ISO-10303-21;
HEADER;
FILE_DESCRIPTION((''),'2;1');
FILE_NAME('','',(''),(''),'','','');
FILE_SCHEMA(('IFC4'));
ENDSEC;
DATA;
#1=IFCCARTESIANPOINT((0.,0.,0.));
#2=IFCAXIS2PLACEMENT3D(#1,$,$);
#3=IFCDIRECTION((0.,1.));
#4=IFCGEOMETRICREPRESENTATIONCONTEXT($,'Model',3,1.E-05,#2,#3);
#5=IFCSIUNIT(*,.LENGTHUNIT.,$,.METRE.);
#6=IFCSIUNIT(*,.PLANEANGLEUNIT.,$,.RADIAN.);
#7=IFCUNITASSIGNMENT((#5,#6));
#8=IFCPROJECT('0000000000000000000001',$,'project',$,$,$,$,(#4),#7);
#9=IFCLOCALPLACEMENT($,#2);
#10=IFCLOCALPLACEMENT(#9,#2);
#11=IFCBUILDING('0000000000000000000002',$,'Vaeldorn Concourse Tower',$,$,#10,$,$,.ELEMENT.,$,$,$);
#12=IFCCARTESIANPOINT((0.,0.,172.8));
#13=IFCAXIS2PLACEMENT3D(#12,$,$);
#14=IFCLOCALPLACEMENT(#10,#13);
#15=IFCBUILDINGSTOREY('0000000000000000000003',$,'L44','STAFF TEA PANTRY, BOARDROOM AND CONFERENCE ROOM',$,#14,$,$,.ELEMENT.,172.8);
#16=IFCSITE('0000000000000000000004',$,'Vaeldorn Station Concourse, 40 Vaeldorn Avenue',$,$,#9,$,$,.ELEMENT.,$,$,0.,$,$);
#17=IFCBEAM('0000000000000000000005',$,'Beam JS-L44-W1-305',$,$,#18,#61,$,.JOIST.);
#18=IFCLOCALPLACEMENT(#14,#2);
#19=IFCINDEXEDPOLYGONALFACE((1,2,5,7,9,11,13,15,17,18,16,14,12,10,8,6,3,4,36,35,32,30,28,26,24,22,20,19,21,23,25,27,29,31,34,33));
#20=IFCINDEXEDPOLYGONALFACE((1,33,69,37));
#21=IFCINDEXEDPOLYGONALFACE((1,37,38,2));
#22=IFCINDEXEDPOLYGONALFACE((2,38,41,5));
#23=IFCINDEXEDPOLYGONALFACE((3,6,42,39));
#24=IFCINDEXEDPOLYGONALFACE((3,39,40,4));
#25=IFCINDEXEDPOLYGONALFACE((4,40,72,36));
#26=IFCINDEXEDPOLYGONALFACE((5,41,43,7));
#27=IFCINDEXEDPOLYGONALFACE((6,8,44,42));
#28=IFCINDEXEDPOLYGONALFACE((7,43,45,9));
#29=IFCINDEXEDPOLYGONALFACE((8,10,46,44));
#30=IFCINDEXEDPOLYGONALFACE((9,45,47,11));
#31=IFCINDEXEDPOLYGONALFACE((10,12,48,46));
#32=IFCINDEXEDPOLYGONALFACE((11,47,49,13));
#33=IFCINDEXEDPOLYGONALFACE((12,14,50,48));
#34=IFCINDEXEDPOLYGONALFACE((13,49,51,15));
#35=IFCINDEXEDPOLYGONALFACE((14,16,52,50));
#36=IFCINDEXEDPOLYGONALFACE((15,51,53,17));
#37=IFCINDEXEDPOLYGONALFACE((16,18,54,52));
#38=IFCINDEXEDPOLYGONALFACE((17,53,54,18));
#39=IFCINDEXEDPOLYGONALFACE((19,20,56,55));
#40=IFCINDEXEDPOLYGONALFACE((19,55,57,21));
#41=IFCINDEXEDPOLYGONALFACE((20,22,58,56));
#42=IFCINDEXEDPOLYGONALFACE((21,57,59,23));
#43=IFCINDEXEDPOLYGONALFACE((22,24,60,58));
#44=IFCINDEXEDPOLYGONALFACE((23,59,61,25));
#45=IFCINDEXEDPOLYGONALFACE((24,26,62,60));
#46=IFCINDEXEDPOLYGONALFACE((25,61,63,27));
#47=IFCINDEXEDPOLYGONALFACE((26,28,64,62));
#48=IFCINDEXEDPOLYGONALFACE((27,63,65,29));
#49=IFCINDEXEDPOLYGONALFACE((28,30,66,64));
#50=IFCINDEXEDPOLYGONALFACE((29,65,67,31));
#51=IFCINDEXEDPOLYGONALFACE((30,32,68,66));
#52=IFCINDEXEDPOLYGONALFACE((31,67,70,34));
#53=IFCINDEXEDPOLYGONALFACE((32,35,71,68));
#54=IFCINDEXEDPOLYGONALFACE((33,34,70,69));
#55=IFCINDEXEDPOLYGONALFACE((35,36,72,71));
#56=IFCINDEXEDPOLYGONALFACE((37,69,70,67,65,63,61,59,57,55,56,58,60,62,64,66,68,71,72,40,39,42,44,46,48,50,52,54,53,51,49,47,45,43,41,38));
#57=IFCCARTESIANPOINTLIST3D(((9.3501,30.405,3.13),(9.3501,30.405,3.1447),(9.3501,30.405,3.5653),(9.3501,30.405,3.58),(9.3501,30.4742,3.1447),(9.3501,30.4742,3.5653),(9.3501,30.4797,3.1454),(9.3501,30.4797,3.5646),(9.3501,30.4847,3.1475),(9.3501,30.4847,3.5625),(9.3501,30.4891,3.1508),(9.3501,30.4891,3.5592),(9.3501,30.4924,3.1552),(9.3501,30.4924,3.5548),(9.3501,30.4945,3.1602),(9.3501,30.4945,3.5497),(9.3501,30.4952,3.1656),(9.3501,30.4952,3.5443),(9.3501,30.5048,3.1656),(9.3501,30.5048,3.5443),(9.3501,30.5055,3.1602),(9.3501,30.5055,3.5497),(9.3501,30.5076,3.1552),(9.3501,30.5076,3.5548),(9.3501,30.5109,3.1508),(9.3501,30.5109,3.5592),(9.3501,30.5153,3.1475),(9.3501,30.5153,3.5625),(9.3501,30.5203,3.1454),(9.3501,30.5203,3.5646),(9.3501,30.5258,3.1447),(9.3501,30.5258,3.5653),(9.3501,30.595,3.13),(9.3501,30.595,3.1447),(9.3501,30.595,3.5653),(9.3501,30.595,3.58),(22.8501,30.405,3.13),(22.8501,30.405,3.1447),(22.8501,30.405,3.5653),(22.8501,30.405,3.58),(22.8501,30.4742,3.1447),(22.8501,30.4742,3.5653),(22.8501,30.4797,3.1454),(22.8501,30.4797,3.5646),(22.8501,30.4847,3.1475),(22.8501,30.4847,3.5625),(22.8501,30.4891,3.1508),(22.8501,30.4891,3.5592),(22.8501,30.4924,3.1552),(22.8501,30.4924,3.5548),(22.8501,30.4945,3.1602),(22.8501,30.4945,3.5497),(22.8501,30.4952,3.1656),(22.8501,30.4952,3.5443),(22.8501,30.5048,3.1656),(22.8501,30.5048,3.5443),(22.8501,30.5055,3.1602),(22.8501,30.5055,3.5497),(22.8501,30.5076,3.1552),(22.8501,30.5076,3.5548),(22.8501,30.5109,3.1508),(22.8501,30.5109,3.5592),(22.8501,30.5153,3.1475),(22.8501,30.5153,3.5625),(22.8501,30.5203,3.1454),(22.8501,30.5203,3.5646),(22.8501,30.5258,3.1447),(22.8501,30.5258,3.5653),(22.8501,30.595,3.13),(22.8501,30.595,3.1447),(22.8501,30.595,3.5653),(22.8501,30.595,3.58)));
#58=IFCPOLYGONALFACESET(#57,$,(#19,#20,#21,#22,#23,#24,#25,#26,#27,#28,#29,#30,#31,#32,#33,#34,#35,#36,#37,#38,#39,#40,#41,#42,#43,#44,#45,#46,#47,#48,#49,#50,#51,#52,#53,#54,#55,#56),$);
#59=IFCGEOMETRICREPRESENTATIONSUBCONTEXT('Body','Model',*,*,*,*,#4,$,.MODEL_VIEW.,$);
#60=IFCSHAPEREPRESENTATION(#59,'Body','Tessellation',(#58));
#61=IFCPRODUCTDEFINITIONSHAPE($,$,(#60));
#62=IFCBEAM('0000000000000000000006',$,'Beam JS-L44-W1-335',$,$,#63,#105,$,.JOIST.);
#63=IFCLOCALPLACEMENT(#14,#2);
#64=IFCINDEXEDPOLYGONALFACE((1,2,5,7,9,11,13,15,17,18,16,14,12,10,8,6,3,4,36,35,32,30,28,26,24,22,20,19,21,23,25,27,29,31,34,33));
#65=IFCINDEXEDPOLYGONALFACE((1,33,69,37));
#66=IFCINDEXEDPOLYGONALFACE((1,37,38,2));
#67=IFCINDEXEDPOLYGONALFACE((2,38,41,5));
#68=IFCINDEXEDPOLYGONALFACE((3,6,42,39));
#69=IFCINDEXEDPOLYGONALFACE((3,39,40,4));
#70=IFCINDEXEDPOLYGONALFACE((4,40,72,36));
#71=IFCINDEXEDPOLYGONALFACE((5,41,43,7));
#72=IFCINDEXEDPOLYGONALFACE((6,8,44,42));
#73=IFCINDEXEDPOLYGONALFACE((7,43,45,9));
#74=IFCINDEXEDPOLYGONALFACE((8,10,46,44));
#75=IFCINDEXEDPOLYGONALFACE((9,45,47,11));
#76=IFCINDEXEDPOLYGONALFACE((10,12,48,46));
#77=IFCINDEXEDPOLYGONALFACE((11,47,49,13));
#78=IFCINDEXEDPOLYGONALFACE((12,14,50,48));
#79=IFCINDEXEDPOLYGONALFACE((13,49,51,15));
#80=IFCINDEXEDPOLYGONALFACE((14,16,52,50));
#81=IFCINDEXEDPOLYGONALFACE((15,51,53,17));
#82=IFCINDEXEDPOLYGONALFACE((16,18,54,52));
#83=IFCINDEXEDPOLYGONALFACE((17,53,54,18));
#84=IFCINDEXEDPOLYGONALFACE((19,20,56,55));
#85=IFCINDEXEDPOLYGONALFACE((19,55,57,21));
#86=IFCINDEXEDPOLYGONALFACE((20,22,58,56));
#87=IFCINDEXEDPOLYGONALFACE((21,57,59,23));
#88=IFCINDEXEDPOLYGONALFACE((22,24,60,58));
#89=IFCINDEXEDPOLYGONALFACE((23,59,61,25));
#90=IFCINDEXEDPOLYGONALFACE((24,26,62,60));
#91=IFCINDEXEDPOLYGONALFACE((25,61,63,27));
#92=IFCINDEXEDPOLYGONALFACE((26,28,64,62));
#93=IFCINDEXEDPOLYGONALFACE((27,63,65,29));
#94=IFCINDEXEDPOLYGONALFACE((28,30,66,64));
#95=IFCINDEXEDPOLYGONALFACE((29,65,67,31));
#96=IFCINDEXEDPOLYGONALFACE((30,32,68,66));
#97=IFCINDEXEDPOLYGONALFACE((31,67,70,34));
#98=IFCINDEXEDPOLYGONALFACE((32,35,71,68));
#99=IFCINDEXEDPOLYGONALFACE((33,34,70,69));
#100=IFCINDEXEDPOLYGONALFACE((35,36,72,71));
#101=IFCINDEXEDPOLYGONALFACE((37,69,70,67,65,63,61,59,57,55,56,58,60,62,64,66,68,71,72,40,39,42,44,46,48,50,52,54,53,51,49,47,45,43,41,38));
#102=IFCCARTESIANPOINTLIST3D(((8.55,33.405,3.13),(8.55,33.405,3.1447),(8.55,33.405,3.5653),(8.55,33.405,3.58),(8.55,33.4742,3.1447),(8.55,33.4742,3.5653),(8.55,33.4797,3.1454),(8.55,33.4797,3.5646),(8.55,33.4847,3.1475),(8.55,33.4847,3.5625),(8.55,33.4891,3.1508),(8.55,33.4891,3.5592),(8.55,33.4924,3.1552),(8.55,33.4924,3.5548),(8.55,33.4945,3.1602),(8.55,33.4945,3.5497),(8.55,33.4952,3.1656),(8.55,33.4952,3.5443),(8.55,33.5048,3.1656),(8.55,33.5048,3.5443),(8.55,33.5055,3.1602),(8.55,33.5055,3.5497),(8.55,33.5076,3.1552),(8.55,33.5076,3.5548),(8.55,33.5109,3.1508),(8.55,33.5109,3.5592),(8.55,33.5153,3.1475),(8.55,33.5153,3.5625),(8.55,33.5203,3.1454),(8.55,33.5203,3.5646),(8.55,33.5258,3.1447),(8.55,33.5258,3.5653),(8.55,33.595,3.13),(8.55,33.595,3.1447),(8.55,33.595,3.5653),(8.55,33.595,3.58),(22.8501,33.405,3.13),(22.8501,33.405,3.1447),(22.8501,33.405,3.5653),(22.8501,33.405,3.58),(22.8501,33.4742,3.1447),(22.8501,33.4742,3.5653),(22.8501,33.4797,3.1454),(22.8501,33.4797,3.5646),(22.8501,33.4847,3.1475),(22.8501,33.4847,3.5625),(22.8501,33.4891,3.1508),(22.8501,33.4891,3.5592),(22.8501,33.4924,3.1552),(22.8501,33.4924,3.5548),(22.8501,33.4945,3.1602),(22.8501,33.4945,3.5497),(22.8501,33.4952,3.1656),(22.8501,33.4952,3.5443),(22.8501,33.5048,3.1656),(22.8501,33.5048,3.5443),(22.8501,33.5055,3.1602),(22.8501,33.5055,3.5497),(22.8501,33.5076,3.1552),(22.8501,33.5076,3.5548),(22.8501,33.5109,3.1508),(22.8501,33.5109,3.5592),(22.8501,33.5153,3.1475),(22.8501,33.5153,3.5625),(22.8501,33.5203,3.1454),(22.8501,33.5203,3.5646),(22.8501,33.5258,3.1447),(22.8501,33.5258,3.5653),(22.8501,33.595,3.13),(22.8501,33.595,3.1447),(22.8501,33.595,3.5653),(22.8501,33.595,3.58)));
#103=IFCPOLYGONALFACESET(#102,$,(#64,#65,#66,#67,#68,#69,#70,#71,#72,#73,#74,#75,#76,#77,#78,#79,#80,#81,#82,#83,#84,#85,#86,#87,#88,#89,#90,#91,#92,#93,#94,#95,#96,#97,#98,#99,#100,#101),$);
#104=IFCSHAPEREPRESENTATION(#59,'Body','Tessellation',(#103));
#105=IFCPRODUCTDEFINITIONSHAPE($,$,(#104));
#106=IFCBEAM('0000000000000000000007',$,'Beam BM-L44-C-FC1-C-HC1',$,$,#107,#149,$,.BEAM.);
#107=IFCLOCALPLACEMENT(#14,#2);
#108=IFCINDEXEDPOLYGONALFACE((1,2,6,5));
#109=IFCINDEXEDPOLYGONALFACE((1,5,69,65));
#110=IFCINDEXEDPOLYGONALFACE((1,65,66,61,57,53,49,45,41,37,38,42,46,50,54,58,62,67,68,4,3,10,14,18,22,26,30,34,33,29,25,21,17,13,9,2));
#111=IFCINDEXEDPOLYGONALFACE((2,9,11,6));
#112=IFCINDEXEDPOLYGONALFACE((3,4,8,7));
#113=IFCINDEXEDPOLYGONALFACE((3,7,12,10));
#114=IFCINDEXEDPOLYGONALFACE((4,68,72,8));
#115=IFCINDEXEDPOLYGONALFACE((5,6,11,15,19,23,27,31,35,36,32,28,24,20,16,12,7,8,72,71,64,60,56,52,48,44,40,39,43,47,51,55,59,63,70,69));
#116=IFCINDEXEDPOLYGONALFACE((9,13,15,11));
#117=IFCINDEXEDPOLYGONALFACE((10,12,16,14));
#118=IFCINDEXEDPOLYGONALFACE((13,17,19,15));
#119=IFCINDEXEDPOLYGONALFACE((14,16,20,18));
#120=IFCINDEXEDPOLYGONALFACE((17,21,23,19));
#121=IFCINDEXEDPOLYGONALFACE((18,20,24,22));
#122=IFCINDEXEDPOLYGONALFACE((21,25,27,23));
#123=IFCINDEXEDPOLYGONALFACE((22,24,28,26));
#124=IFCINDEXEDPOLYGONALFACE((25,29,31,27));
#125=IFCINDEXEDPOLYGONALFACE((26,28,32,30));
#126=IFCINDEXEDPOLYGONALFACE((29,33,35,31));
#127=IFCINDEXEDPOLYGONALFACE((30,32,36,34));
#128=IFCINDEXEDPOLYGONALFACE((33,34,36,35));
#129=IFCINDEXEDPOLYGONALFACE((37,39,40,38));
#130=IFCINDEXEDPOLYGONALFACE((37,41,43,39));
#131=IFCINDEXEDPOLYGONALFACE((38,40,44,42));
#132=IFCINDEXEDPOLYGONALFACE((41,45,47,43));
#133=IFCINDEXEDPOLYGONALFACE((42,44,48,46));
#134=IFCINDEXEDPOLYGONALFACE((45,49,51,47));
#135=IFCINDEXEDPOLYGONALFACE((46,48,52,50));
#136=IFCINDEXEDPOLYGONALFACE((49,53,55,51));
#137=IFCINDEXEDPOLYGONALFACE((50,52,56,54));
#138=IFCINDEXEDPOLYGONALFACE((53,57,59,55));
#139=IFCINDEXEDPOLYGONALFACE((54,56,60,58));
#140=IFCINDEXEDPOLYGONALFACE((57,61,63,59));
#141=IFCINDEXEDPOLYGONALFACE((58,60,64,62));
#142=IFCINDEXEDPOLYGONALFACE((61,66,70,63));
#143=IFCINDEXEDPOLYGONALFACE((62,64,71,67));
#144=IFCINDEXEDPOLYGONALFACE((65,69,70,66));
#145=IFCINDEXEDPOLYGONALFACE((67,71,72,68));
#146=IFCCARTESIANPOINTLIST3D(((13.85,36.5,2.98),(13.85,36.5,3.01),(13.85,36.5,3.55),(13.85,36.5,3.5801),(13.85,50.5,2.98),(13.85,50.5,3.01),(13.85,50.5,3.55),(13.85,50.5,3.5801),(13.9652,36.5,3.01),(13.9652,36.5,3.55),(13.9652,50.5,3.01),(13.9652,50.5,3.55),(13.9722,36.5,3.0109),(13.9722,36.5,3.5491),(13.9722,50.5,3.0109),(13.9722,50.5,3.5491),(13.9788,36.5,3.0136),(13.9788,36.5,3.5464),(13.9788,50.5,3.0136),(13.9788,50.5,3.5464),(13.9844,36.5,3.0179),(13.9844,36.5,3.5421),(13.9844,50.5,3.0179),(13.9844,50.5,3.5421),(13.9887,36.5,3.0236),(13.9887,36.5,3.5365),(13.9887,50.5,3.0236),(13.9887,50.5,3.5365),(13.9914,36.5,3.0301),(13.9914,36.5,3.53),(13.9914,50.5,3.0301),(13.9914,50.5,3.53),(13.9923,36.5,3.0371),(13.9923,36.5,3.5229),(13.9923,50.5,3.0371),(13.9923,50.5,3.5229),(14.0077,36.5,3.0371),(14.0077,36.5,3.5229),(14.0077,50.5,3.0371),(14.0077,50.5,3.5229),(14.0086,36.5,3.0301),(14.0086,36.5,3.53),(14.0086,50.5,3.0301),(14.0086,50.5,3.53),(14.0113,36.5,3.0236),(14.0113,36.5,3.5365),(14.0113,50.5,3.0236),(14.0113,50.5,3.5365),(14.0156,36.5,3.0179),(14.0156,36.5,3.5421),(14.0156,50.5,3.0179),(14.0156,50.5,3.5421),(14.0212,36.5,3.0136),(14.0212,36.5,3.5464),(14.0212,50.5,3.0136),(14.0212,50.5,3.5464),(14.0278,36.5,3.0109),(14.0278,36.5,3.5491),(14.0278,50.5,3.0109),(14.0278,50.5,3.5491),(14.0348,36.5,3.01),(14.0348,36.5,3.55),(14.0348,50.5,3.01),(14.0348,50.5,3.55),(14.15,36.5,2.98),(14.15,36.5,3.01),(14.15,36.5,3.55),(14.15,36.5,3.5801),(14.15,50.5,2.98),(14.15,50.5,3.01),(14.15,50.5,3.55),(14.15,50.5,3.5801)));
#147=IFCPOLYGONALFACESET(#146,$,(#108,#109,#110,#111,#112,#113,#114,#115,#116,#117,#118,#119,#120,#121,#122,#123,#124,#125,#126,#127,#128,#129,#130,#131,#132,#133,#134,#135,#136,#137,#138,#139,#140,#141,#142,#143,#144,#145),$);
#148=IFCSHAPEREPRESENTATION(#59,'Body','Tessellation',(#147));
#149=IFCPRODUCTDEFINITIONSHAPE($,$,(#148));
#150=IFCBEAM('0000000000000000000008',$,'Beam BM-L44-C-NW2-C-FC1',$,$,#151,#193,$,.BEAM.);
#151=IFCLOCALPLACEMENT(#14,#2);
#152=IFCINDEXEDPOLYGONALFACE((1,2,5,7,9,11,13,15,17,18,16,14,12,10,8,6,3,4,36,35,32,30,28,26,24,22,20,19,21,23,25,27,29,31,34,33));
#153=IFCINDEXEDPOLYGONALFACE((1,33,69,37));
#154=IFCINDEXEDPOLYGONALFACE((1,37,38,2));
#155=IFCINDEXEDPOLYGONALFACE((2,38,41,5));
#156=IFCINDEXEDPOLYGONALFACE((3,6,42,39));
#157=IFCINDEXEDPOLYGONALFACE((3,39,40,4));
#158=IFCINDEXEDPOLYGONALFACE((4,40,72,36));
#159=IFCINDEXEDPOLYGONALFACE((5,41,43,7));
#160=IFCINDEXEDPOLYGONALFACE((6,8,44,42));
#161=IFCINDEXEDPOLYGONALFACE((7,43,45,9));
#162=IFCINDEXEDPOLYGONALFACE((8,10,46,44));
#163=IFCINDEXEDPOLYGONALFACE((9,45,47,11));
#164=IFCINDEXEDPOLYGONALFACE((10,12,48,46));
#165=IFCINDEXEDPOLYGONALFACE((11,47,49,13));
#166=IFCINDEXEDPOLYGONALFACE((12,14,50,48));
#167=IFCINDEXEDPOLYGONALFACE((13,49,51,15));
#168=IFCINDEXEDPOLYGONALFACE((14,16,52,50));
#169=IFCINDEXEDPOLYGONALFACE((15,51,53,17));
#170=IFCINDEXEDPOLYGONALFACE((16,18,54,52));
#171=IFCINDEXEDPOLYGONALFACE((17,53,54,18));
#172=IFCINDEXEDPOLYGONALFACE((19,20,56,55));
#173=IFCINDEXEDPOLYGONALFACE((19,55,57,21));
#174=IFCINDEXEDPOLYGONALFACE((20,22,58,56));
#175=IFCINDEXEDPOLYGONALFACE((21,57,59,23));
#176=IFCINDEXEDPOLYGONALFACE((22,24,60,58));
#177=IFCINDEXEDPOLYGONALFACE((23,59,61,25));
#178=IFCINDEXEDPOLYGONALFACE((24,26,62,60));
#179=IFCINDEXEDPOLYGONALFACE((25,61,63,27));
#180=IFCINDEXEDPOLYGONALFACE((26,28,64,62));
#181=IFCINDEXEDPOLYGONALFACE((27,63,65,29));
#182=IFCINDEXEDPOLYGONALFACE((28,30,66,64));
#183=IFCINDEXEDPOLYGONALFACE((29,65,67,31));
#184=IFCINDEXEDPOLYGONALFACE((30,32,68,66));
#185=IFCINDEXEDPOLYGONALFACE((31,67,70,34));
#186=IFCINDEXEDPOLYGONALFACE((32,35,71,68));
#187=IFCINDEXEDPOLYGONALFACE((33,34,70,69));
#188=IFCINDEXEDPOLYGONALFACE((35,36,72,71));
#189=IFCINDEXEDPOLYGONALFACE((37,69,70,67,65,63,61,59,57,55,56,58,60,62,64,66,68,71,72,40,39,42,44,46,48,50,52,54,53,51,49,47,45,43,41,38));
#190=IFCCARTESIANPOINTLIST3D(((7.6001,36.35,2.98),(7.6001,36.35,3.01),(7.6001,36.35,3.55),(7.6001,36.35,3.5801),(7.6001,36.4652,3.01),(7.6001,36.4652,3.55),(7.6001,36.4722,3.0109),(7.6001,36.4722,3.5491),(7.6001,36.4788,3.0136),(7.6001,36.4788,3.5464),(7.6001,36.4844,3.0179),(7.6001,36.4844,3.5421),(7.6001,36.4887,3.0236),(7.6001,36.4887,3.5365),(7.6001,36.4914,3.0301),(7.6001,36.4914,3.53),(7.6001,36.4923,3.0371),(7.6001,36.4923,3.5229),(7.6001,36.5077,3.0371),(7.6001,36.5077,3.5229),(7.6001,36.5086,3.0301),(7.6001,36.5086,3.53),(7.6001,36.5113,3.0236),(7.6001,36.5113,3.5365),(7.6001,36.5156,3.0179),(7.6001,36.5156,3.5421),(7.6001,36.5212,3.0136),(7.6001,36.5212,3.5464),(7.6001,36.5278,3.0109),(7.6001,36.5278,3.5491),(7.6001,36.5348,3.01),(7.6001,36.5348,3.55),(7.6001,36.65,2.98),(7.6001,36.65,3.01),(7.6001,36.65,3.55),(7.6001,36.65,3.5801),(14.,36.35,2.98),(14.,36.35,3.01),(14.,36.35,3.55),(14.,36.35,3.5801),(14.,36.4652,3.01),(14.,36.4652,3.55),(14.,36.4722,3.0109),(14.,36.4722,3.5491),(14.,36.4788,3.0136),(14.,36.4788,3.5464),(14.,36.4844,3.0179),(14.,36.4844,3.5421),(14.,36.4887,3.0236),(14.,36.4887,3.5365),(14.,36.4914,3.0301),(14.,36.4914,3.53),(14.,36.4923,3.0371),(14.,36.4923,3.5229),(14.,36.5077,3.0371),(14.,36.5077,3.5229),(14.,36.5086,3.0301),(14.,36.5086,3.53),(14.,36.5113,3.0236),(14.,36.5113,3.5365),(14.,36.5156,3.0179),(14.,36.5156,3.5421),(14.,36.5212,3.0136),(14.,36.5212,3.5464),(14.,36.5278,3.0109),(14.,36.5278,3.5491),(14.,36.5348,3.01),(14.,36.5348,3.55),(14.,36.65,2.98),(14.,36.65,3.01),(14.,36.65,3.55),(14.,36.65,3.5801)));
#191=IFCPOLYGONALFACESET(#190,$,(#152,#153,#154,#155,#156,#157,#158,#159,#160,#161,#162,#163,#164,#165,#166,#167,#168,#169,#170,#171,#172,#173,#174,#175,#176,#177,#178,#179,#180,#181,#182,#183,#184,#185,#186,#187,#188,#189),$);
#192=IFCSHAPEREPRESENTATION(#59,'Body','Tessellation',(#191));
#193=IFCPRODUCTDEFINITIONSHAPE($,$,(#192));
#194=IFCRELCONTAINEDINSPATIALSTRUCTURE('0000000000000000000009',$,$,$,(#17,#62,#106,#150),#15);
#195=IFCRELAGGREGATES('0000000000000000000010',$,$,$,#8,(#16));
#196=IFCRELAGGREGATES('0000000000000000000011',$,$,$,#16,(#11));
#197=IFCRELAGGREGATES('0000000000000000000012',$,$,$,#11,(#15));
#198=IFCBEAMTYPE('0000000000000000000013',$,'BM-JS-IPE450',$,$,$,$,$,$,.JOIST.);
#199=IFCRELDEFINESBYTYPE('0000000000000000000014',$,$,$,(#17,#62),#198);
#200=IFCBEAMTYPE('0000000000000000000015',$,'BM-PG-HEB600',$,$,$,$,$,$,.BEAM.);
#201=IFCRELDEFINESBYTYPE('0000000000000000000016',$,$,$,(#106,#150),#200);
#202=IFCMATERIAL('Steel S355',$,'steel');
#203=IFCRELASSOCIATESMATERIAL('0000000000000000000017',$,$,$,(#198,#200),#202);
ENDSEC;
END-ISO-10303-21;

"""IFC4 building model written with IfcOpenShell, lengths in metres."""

from ifc_helpers import new_model, si_unit, direction, frame, origin, origin_2d, place, context, subcontext, project, spatial, i_section, extrude, source, transform, mapped, material, material_profile, profile_set, type_object, element, save


model = new_model("IFC4")

# Units and contexts
model_context = context("Model", 3, precision=1e-05, world=origin(), true_north=direction((0.0, 1.0)))
body_context = subcontext(model_context, "Body", "Model", "MODEL_VIEW")
ifc_project = project(units=[si_unit("LENGTHUNIT", "METRE"), si_unit("PLANEANGLEUNIT", "RADIAN")], contexts=[model_context])

# Site, building, storey
site_placement = place(None, origin())
site = spatial("IfcSite", under=ifc_project, at=site_placement, Name="Vaeldorn Station Concourse, 40 Vaeldorn Avenue", CompositionType="ELEMENT", RefElevation=0.0)
building_placement = place(site_placement, origin())
building = spatial("IfcBuilding", under=site, at=building_placement, Name="Vaeldorn Concourse Tower", CompositionType="ELEMENT")
storey_placement = place(building_placement, frame((0.0, 0.0, 172.8)))
storey = spatial("IfcBuildingStorey", under=building, at=storey_placement, Name="L44", Description="STAFF TEA PANTRY, BOARDROOM AND CONFERENCE ROOM", CompositionType="ELEMENT", Elevation=172.8)

# Beams
ifc_material_1 = material(Name="Steel S355", Category="steel")
ifc_material_profile_1 = material_profile(ifc_material_1, i_section(OverallWidth=0.1899, OverallDepth=0.45, WebThickness=0.0095, FlangeThickness=0.0146, FilletRadius=0.021, at=origin_2d()), Name="IPE 450")
ifc_profile_set_1 = profile_set([ifc_material_profile_1], Name="Steel S355")
beam_type_1 = type_object("IfcBeamType", Name="BM-JS-IPE450", PredefinedType="JOIST", material=ifc_profile_set_1)
shared_shape_1 = source(origin(), body_context, "Body", "SweptSolid", [
    extrude(i_section(OverallWidth=0.1899, OverallDepth=0.45, WebThickness=0.0095, FlangeThickness=0.0146, FilletRadius=0.021, at=origin_2d()), origin(), (0.0, 0.0, 1.0), 13.5),
])
beam_1_placement = place(storey_placement, frame((9.3501, 30.5, 3.355), z_axis=(1.0, 0.0, 0.0), x_axis=(0.0, 1.0, 0.0)))
element("IfcBeam", 1, at=beam_1_placement, inside=storey, type_object=beam_type_1, Name="Beam JS-L44-W1-305", PredefinedType="JOIST", context=body_context, shape_type="MappedRepresentation", body=[
    mapped(shared_shape_1, transform((0.0, 0.0, 0.0), scale=1.0)),
])
shared_shape_2 = source(origin(), body_context, "Body", "SweptSolid", [
    extrude(i_section(OverallWidth=0.1899, OverallDepth=0.45, WebThickness=0.0095, FlangeThickness=0.0146, FilletRadius=0.021, at=origin_2d()), origin(), (0.0, 0.0, 1.0), 14.3),
])
beam_2_placement = place(storey_placement, frame((8.55, 33.5, 3.355), z_axis=(1.0, 0.0, 0.0), x_axis=(0.0, 1.0, 0.0)))
element("IfcBeam", 2, at=beam_2_placement, inside=storey, type_object=beam_type_1, Name="Beam JS-L44-W1-335", PredefinedType="JOIST", context=body_context, shape_type="MappedRepresentation", body=[
    mapped(shared_shape_2, transform((0.0, 0.0, 0.0), scale=1.0)),
])
ifc_material_profile_2 = material_profile(ifc_material_1, i_section(OverallWidth=0.3, OverallDepth=0.6001, WebThickness=0.0154, FlangeThickness=0.03, FilletRadius=0.0271, at=origin_2d()), Name="HEB 600")
ifc_profile_set_2 = profile_set([ifc_material_profile_2], Name="Steel S355")
beam_type_2 = type_object("IfcBeamType", Name="BM-PG-HEB600", PredefinedType="BEAM", material=ifc_profile_set_2)
shared_shape_3 = source(origin(), body_context, "Body", "SweptSolid", [
    extrude(i_section(OverallWidth=0.3, OverallDepth=0.6001, WebThickness=0.0154, FlangeThickness=0.03, FilletRadius=0.0271, at=origin_2d()), origin(), (0.0, 0.0, 1.0), 14.0),
])
beam_3_placement = place(storey_placement, frame((14.0, 36.5, 3.28), z_axis=(0.0, 1.0, 0.0), x_axis=(-1.0, 0.0, 0.0)))
element("IfcBeam", 3, at=beam_3_placement, inside=storey, type_object=beam_type_2, Name="Beam BM-L44-C-FC1-C-HC1", PredefinedType="BEAM", context=body_context, shape_type="MappedRepresentation", body=[
    mapped(shared_shape_3, transform((0.0, 0.0, 0.0), scale=1.0)),
])
shared_shape_4 = source(origin(), body_context, "Body", "SweptSolid", [
    extrude(i_section(OverallWidth=0.3, OverallDepth=0.6001, WebThickness=0.0154, FlangeThickness=0.03, FilletRadius=0.0271, at=origin_2d()), origin(), (0.0, 0.0, 1.0), 6.3999),
])
beam_4_placement = place(storey_placement, frame((7.6001, 36.5, 3.28), z_axis=(1.0, 0.0, 0.0), x_axis=(0.0, 1.0, 0.0)))
element("IfcBeam", 4, at=beam_4_placement, inside=storey, type_object=beam_type_2, Name="Beam BM-L44-C-NW2-C-FC1", PredefinedType="BEAM", context=body_context, shape_type="MappedRepresentation", body=[
    mapped(shared_shape_4, transform((0.0, 0.0, 0.0), scale=1.0)),
])

save(model, "model.ifc")
